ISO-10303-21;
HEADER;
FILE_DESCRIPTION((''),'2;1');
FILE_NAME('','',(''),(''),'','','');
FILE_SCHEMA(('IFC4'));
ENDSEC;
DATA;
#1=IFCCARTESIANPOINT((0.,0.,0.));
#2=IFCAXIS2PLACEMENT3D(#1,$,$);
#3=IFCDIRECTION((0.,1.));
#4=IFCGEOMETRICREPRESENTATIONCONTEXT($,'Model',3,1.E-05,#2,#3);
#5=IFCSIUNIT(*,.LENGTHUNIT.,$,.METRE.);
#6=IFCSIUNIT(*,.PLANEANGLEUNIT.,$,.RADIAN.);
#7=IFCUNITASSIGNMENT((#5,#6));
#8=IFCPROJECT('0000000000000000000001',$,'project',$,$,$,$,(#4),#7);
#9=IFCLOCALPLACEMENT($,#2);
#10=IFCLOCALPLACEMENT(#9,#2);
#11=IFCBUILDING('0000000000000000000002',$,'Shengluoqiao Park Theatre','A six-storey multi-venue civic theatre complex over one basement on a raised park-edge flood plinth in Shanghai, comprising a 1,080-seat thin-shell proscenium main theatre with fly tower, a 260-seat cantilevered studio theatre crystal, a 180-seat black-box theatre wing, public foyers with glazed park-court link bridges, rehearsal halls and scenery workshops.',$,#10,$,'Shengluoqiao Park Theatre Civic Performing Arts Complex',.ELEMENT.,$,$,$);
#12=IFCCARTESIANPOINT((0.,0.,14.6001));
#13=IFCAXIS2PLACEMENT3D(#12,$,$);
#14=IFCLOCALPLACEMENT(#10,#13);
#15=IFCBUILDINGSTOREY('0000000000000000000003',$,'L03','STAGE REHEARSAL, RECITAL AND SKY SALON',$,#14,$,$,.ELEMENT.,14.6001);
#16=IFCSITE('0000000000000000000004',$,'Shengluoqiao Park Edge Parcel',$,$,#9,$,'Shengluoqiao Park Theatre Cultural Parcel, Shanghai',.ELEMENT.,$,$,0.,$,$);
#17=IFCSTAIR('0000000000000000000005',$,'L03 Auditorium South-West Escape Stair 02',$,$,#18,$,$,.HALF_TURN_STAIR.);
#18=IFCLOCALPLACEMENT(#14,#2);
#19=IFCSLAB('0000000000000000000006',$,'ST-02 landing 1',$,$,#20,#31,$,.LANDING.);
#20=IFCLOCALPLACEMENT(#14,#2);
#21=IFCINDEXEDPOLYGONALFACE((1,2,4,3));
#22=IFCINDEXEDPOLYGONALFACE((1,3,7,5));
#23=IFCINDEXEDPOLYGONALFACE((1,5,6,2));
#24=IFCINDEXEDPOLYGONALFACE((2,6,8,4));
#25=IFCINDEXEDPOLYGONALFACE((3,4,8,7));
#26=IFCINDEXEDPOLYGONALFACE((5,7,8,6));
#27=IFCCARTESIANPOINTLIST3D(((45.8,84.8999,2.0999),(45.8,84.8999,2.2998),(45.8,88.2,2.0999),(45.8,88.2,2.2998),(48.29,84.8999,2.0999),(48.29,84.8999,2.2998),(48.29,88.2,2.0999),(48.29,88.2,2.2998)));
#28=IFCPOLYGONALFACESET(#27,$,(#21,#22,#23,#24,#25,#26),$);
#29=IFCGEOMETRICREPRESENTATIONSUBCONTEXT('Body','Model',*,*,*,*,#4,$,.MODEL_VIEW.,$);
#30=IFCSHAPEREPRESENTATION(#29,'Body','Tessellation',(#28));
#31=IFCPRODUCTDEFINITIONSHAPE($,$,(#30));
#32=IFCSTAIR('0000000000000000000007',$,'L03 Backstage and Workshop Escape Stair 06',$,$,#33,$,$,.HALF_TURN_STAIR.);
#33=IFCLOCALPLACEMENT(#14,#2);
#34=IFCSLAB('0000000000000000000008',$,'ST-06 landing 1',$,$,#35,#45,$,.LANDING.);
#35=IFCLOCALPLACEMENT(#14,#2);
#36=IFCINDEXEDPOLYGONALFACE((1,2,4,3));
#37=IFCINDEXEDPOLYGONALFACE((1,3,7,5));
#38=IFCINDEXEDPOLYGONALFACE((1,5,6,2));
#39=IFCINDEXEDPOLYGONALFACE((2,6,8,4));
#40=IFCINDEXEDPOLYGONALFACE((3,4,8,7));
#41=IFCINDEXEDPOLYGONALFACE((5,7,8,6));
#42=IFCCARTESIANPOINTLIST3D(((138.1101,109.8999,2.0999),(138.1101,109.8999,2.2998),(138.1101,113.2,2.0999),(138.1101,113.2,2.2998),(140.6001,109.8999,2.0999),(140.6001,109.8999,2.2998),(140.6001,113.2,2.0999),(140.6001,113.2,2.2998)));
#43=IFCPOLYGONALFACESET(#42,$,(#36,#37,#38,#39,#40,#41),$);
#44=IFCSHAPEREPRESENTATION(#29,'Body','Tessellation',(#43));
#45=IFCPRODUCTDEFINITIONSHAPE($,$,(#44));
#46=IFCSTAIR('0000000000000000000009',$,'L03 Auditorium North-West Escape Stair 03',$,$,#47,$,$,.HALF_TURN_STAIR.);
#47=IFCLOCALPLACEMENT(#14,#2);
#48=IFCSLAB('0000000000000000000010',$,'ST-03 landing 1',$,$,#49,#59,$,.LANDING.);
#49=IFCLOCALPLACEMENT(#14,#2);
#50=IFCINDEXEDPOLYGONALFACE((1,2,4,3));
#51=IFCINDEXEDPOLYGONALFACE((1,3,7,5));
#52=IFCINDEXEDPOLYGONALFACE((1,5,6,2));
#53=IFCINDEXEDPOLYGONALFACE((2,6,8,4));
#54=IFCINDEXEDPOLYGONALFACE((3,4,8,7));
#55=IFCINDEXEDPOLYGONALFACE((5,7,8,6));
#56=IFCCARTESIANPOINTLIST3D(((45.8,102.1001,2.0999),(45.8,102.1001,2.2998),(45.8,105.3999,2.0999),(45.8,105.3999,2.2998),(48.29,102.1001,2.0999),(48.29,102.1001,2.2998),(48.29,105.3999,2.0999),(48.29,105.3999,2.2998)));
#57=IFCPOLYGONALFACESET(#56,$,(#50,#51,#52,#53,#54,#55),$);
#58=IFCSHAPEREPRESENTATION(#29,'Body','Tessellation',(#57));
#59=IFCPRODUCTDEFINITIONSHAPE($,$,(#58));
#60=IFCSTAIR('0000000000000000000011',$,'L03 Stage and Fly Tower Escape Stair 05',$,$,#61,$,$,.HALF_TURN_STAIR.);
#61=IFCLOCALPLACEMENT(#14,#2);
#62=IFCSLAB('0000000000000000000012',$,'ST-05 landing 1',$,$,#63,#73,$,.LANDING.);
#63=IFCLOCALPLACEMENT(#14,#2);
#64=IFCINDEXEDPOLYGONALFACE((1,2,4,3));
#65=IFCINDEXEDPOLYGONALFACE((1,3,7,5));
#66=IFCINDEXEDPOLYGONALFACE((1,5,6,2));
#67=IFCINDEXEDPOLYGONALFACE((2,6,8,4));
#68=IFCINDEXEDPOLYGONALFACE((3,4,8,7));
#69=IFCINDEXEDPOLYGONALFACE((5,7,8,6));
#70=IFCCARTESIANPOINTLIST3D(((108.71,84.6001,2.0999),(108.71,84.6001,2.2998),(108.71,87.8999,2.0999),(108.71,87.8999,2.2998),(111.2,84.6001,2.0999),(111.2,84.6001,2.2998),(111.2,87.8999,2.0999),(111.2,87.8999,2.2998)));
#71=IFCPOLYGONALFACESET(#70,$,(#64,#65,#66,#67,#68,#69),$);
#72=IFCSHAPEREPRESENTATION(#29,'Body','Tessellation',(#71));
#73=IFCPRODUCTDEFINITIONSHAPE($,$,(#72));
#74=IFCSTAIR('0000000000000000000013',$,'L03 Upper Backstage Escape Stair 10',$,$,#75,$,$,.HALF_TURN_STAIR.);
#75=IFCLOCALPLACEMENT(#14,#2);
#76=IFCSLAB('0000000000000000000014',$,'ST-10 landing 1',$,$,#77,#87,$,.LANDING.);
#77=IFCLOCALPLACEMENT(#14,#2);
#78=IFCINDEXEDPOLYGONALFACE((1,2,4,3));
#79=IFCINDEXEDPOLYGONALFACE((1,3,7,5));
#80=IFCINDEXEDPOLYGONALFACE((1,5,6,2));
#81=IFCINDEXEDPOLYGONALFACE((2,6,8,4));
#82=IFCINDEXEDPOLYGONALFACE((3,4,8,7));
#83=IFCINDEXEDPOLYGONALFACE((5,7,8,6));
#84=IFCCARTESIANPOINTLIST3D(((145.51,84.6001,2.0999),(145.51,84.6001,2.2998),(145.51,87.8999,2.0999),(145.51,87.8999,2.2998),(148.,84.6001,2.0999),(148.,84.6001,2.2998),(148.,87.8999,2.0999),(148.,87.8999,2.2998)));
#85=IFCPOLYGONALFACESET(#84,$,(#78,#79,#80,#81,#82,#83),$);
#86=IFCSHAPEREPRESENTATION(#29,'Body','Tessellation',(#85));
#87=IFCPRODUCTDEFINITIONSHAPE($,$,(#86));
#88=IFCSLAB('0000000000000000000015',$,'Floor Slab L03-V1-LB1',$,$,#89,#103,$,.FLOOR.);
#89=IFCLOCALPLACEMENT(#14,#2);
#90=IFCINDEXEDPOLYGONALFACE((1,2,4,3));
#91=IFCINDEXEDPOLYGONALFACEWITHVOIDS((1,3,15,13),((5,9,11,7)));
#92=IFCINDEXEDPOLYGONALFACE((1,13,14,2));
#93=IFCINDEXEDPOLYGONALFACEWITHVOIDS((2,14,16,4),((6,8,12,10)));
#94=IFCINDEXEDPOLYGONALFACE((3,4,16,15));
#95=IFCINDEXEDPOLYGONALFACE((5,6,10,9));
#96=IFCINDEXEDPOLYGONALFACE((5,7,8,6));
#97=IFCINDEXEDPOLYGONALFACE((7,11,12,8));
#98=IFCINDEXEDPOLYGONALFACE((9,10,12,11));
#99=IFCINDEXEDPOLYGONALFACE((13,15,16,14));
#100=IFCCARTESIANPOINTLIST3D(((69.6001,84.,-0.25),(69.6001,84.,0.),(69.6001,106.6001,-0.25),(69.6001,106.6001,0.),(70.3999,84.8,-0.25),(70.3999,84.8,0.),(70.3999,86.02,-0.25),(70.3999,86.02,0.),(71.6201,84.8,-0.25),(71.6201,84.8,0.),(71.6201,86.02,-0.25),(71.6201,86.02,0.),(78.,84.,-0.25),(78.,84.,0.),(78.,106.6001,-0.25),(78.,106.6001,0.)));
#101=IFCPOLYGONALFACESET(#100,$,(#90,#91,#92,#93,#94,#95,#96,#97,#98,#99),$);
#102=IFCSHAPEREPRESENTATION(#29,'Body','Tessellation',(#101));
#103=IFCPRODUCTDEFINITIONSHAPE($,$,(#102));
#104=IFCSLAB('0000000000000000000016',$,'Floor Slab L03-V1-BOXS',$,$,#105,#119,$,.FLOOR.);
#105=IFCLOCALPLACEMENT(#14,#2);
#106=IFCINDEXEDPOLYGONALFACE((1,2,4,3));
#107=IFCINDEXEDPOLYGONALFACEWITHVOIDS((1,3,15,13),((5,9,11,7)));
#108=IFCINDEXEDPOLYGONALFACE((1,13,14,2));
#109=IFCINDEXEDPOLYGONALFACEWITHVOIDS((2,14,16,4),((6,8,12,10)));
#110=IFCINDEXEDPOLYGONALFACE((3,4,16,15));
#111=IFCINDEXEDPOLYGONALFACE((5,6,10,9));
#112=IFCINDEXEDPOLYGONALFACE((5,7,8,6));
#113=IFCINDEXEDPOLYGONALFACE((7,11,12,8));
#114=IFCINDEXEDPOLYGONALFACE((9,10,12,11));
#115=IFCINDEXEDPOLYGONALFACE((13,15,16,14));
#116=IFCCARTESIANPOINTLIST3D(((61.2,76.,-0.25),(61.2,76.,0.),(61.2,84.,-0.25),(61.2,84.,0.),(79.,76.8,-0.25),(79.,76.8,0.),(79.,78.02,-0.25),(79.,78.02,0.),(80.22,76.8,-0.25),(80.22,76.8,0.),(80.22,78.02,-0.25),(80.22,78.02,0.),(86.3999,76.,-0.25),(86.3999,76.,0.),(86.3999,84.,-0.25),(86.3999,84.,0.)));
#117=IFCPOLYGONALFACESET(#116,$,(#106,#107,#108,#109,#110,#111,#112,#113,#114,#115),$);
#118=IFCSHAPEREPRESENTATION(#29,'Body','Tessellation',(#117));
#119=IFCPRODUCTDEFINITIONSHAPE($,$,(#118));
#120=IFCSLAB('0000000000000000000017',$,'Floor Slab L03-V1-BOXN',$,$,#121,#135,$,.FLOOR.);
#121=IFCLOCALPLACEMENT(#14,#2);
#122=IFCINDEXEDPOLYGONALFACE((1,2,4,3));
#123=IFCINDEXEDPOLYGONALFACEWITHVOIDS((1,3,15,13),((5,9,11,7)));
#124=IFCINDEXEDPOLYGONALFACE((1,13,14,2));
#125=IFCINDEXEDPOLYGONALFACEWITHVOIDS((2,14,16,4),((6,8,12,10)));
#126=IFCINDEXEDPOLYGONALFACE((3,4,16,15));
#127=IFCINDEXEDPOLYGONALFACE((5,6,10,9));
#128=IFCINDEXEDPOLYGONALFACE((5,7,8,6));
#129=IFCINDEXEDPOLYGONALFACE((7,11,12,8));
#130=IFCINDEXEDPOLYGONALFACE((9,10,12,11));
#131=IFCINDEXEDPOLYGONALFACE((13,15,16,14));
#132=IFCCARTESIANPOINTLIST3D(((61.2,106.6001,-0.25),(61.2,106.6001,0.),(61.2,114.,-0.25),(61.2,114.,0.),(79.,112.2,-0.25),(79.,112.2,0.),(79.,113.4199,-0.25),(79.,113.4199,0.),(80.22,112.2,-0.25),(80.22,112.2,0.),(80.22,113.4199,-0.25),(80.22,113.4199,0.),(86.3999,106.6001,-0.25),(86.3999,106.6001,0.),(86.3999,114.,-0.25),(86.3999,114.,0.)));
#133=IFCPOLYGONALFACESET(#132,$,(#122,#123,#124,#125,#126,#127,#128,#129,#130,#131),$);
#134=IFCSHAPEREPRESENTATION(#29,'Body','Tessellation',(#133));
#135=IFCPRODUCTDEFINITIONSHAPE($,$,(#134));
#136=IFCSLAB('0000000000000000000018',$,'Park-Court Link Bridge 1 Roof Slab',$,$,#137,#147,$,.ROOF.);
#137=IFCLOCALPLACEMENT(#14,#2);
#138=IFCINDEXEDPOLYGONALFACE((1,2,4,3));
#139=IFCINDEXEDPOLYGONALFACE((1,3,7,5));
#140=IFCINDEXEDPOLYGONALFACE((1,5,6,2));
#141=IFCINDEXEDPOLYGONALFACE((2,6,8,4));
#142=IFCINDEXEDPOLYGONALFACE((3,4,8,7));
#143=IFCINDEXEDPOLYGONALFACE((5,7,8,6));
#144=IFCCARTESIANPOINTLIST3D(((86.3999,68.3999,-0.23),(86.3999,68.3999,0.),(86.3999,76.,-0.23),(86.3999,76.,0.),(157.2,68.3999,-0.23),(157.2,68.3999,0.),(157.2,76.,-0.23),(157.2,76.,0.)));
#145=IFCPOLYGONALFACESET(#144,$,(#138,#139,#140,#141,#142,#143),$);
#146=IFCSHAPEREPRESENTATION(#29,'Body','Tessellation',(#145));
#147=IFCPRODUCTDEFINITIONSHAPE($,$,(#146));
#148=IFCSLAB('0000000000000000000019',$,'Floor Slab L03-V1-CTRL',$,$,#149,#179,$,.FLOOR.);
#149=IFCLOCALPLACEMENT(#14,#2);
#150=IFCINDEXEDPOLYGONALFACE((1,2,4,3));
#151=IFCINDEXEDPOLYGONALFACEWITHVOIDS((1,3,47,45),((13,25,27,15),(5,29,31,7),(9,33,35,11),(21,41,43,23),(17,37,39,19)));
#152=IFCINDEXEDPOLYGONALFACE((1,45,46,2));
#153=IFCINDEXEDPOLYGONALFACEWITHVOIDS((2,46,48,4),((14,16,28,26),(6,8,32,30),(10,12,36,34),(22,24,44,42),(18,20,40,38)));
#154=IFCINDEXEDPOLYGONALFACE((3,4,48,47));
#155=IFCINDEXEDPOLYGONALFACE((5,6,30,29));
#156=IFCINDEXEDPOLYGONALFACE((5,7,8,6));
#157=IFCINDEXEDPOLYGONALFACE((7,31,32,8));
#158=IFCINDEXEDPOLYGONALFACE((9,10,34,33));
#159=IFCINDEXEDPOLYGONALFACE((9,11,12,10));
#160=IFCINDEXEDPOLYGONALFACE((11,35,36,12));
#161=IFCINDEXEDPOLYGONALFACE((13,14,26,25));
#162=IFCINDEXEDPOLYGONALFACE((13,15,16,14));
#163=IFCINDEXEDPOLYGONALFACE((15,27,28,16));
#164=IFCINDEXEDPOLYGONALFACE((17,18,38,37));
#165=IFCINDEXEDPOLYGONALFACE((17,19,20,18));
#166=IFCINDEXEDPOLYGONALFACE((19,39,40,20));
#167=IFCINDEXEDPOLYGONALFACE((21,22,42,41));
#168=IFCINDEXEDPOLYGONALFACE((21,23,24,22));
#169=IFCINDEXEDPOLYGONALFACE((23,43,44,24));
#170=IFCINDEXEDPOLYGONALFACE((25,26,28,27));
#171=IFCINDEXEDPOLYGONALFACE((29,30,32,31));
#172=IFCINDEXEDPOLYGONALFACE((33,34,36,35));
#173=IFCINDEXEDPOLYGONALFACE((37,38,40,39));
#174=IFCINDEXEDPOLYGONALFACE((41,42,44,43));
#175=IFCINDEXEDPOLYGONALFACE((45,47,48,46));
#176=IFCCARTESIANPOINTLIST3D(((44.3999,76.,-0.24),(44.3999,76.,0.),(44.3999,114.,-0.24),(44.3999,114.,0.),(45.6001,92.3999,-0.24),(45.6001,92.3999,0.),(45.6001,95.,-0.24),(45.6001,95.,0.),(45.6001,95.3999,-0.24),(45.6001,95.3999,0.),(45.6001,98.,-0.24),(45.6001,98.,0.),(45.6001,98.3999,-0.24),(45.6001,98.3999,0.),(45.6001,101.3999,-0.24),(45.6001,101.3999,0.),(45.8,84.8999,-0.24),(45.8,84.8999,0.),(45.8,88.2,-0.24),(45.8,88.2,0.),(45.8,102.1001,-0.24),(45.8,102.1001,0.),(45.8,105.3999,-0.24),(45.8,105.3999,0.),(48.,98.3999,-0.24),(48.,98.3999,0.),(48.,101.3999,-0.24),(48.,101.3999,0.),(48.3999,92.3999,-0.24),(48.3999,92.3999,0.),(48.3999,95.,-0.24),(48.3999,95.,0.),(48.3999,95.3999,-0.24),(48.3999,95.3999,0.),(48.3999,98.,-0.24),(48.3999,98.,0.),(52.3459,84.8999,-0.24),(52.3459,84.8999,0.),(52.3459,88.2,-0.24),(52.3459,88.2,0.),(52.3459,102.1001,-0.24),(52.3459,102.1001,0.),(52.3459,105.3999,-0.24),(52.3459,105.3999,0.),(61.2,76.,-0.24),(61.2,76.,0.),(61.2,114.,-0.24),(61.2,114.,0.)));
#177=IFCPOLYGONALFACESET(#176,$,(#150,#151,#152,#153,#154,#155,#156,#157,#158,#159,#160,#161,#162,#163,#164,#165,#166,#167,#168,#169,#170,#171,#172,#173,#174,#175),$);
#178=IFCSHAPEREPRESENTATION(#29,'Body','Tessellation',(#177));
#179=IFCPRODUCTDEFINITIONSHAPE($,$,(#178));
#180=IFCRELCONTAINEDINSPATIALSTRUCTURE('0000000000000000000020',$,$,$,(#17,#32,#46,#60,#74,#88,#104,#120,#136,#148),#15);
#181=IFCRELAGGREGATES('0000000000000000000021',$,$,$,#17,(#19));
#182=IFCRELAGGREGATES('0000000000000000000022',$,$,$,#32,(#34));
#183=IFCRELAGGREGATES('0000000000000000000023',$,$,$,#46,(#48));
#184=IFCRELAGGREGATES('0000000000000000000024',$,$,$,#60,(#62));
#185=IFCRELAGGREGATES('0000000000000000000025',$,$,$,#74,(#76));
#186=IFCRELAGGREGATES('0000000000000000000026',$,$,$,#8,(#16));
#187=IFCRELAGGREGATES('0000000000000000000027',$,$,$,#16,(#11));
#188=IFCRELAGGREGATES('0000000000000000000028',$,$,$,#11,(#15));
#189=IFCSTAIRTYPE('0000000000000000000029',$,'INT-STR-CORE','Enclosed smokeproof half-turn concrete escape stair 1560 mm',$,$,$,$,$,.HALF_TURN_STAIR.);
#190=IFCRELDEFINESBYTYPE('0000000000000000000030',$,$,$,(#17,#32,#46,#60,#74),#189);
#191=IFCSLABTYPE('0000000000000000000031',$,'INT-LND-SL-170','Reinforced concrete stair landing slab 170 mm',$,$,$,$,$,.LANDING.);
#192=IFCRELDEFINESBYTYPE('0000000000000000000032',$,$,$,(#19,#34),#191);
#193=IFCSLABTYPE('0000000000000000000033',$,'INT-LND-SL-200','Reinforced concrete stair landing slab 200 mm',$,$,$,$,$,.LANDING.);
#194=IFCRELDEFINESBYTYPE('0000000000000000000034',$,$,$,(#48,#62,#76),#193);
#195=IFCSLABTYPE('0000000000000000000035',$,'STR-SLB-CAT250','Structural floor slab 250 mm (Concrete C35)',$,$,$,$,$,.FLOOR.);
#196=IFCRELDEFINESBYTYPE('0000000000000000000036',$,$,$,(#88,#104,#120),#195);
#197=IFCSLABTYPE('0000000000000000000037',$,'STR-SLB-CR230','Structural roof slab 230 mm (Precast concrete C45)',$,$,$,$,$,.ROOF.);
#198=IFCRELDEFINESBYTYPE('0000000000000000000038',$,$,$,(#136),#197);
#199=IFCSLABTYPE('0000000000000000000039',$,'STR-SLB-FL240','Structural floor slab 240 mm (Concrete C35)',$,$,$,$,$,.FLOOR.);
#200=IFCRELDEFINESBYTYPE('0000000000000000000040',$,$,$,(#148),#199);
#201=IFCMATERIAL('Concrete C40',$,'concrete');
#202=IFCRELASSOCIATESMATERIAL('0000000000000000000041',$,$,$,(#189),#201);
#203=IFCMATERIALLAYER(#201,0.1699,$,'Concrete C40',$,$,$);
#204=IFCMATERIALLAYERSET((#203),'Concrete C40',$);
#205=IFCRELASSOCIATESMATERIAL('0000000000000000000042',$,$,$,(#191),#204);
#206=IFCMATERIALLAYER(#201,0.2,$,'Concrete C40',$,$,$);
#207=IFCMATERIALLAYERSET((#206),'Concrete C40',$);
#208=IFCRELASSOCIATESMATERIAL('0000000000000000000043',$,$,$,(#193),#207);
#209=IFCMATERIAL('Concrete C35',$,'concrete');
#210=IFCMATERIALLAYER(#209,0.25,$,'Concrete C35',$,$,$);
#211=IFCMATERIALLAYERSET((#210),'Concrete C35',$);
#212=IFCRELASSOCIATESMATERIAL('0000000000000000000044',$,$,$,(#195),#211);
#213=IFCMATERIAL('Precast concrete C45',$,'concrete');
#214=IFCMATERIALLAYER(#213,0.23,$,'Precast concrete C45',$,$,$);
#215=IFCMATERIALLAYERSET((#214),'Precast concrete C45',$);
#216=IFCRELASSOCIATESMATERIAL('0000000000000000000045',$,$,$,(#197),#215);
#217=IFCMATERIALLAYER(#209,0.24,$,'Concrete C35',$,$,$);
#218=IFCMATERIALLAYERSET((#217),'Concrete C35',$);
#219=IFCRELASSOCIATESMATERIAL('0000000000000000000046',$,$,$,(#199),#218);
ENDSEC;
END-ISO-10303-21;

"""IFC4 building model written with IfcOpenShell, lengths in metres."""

from ifc_helpers import new_model, si_unit, direction, frame, origin, place, context, subcontext, project, spatial, polyline, outline, extrude, material, layer, layer_set, type_object, element, aggregate, save


model = new_model("IFC4")

# Units and contexts
model_context = context("Model", 3, precision=1e-05, world=origin(), true_north=direction((0.0, 1.0)))
body_context = subcontext(model_context, "Body", "Model", "MODEL_VIEW")
ifc_project = project(units=[si_unit("LENGTHUNIT", "METRE"), si_unit("PLANEANGLEUNIT", "RADIAN")], contexts=[model_context])

# Site, building, storey
site_placement = place(None, origin())
site = spatial("IfcSite", under=ifc_project, at=site_placement, Name="Shengluoqiao Park Edge Parcel", LongName="Shengluoqiao Park Theatre Cultural Parcel, Shanghai", CompositionType="ELEMENT", RefElevation=0.0)
building_placement = place(site_placement, origin())
building = spatial("IfcBuilding", under=site, at=building_placement, Name="Shengluoqiao Park Theatre", Description="A six-storey multi-venue civic theatre complex over one basement on a raised park-edge flood plinth in Shanghai, comprising a 1,080-seat thin-shell proscenium main theatre with fly tower, a 260-seat cantilevered studio theatre crystal, a 180-seat black-box theatre wing, public foyers with glazed park-court link bridges, rehearsal halls and scenery workshops.", LongName="Shengluoqiao Park Theatre Civic Performing Arts Complex", CompositionType="ELEMENT")
storey_placement = place(building_placement, frame((0.0, 0.0, 14.6001)))
storey = spatial("IfcBuildingStorey", under=building, at=storey_placement, Name="L03", Description="STAGE REHEARSAL, RECITAL AND SKY SALON", CompositionType="ELEMENT", Elevation=14.6001)

# Stairs, slabs
ifc_material_1 = material(Name="Concrete C40", Category="concrete")
stair_type = type_object("IfcStairType", Name="INT-STR-CORE", Description="Enclosed smokeproof half-turn concrete escape stair 1560 mm", PredefinedType="HALF_TURN_STAIR", material=ifc_material_1)
stair_1_placement = place(storey_placement, origin())
stair_1 = element("IfcStair", 1, at=stair_1_placement, inside=storey, type_object=stair_type, Name="L03 Auditorium South-West Escape Stair 02", PredefinedType="HALF_TURN_STAIR")
ifc_layer_1 = layer(ifc_material_1, 0.1699, Name="Concrete C40")
ifc_layer_set_1 = layer_set([ifc_layer_1], Name="Concrete C40")
slab_type_1 = type_object("IfcSlabType", Name="INT-LND-SL-170", Description="Reinforced concrete stair landing slab 170 mm", PredefinedType="LANDING", material=ifc_layer_set_1)
slab_1_placement = place(storey_placement, frame((0.0, 0.0, 2.0999)))
slab_1 = element("IfcSlab", 2, at=slab_1_placement, type_object=slab_type_1, Name="ST-02 landing 1", PredefinedType="LANDING", context=body_context, shape_type="SweptSolid", body=[
    extrude(outline(polyline([(48.29, 88.2), (45.8, 88.2), (45.8, 84.8999), (48.29, 84.8999), (48.29, 88.2)])), origin(), (0.0, 0.0, 1.0), 0.2),
])
aggregate(stair_1, [slab_1])
stair_2_placement = place(storey_placement, origin())
stair_2 = element("IfcStair", 3, at=stair_2_placement, inside=storey, type_object=stair_type, Name="L03 Backstage and Workshop Escape Stair 06", PredefinedType="HALF_TURN_STAIR")
slab_2_placement = place(storey_placement, frame((0.0, 0.0, 2.0999)))
slab_2 = element("IfcSlab", 4, at=slab_2_placement, type_object=slab_type_1, Name="ST-06 landing 1", PredefinedType="LANDING", context=body_context, shape_type="SweptSolid", body=[
    extrude(outline(polyline([(138.1101, 109.8999), (140.6001, 109.8999), (140.6001, 113.2), (138.1101, 113.2), (138.1101, 109.8999)])), origin(), (0.0, 0.0, 1.0), 0.2),
])
aggregate(stair_2, [slab_2])
stair_3_placement = place(storey_placement, origin())
stair_3 = element("IfcStair", 5, at=stair_3_placement, inside=storey, type_object=stair_type, Name="L03 Auditorium North-West Escape Stair 03", PredefinedType="HALF_TURN_STAIR")
ifc_layer_2 = layer(ifc_material_1, 0.2, Name="Concrete C40")
ifc_layer_set_2 = layer_set([ifc_layer_2], Name="Concrete C40")
slab_type_2 = type_object("IfcSlabType", Name="INT-LND-SL-200", Description="Reinforced concrete stair landing slab 200 mm", PredefinedType="LANDING", material=ifc_layer_set_2)
slab_3_placement = place(storey_placement, frame((0.0, 0.0, 2.0999)))
slab_3 = element("IfcSlab", 6, at=slab_3_placement, type_object=slab_type_2, Name="ST-03 landing 1", PredefinedType="LANDING", context=body_context, shape_type="SweptSolid", body=[
    extrude(outline(polyline([(48.29, 105.3999), (45.8, 105.3999), (45.8, 102.1001), (48.29, 102.1001), (48.29, 105.3999)])), origin(), (0.0, 0.0, 1.0), 0.2),
])
aggregate(stair_3, [slab_3])
stair_4_placement = place(storey_placement, origin())
stair_4 = element("IfcStair", 7, at=stair_4_placement, inside=storey, type_object=stair_type, Name="L03 Stage and Fly Tower Escape Stair 05", PredefinedType="HALF_TURN_STAIR")
slab_4_placement = place(storey_placement, frame((0.0, 0.0, 2.0999)))
slab_4 = element("IfcSlab", 8, at=slab_4_placement, type_object=slab_type_2, Name="ST-05 landing 1", PredefinedType="LANDING", context=body_context, shape_type="SweptSolid", body=[
    extrude(outline(polyline([(108.71, 84.6001), (111.2, 84.6001), (111.2, 87.8999), (108.71, 87.8999), (108.71, 84.6001)])), origin(), (0.0, 0.0, 1.0), 0.2),
])
aggregate(stair_4, [slab_4])
stair_5_placement = place(storey_placement, origin())
stair_5 = element("IfcStair", 9, at=stair_5_placement, inside=storey, type_object=stair_type, Name="L03 Upper Backstage Escape Stair 10", PredefinedType="HALF_TURN_STAIR")
slab_5_placement = place(storey_placement, frame((0.0, 0.0, 2.0999)))
slab_5 = element("IfcSlab", 10, at=slab_5_placement, type_object=slab_type_2, Name="ST-10 landing 1", PredefinedType="LANDING", context=body_context, shape_type="SweptSolid", body=[
    extrude(outline(polyline([(145.51, 84.6001), (148.0, 84.6001), (148.0, 87.8999), (145.51, 87.8999), (145.51, 84.6001)])), origin(), (0.0, 0.0, 1.0), 0.2),
])
aggregate(stair_5, [slab_5])

# Slabs
ifc_material_2 = material(Name="Concrete C35", Category="concrete")
ifc_layer_3 = layer(ifc_material_2, 0.25, Name="Concrete C35")
ifc_layer_set_3 = layer_set([ifc_layer_3], Name="Concrete C35")
slab_type_3 = type_object("IfcSlabType", Name="STR-SLB-CAT250", Description="Structural floor slab 250 mm (Concrete C35)", PredefinedType="FLOOR", material=ifc_layer_set_3)
slab_6_placement = place(storey_placement, frame((0.0, 0.0, -0.25)))
element("IfcSlab", 11, at=slab_6_placement, inside=storey, type_object=slab_type_3, Name="Floor Slab L03-V1-LB1", PredefinedType="FLOOR", context=body_context, shape_type="SweptSolid", body=[
    extrude(outline(polyline([(69.6001, 84.0), (69.6001, 106.6001), (78.0, 106.6001), (78.0, 84.0), (69.6001, 84.0)]), holes=[polyline([(71.6201, 84.8), (71.6201, 86.02), (70.3999, 86.02), (70.3999, 84.8), (71.6201, 84.8)])]), origin(), (0.0, 0.0, 1.0), 0.25),
])
slab_7_placement = place(storey_placement, frame((0.0, 0.0, -0.25)))
element("IfcSlab", 12, at=slab_7_placement, inside=storey, type_object=slab_type_3, Name="Floor Slab L03-V1-BOXS", PredefinedType="FLOOR", context=body_context, shape_type="SweptSolid", body=[
    extrude(outline(polyline([(61.2, 76.0), (61.2, 84.0), (86.3999, 84.0), (86.3999, 76.0), (61.2, 76.0)]), holes=[polyline([(80.22, 76.8), (80.22, 78.02), (79.0, 78.02), (79.0, 76.8), (80.22, 76.8)])]), origin(), (0.0, 0.0, 1.0), 0.25),
])
slab_8_placement = place(storey_placement, frame((0.0, 0.0, -0.25)))
element("IfcSlab", 13, at=slab_8_placement, inside=storey, type_object=slab_type_3, Name="Floor Slab L03-V1-BOXN", PredefinedType="FLOOR", context=body_context, shape_type="SweptSolid", body=[
    extrude(outline(polyline([(61.2, 106.6001), (61.2, 114.0), (86.3999, 114.0), (86.3999, 106.6001), (61.2, 106.6001)]), holes=[polyline([(80.22, 112.2), (80.22, 113.4199), (79.0, 113.4199), (79.0, 112.2), (80.22, 112.2)])]), origin(), (0.0, 0.0, 1.0), 0.25),
])
ifc_material_3 = material(Name="Precast concrete C45", Category="concrete")
ifc_layer_4 = layer(ifc_material_3, 0.23, Name="Precast concrete C45")
ifc_layer_set_4 = layer_set([ifc_layer_4], Name="Precast concrete C45")
slab_type_4 = type_object("IfcSlabType", Name="STR-SLB-CR230", Description="Structural roof slab 230 mm (Precast concrete C45)", PredefinedType="ROOF", material=ifc_layer_set_4)
slab_9_placement = place(storey_placement, frame((0.0, 0.0, -0.23)))
element("IfcSlab", 14, at=slab_9_placement, inside=storey, type_object=slab_type_4, Name="Park-Court Link Bridge 1 Roof Slab", PredefinedType="ROOF", context=body_context, shape_type="SweptSolid", body=[
    extrude(outline(polyline([(86.3999, 68.3999), (157.2, 68.3999), (157.2, 76.0), (86.3999, 76.0), (86.3999, 68.3999)])), origin(), (0.0, 0.0, 1.0), 0.23),
])
ifc_layer_5 = layer(ifc_material_2, 0.24, Name="Concrete C35")
ifc_layer_set_5 = layer_set([ifc_layer_5], Name="Concrete C35")
slab_type_5 = type_object("IfcSlabType", Name="STR-SLB-FL240", Description="Structural floor slab 240 mm (Concrete C35)", PredefinedType="FLOOR", material=ifc_layer_set_5)
slab_10_placement = place(storey_placement, frame((0.0, 0.0, -0.24)))
element("IfcSlab", 15, at=slab_10_placement, inside=storey, type_object=slab_type_5, Name="Floor Slab L03-V1-CTRL", PredefinedType="FLOOR", context=body_context, shape_type="SweptSolid", body=[
    extrude(outline(polyline([(44.3999, 76.0), (44.3999, 114.0), (61.2, 114.0), (61.2, 76.0), (44.3999, 76.0)]), holes=[polyline([(52.3459, 88.2), (45.8, 88.2), (45.8, 84.8999), (52.3459, 84.8999), (52.3459, 88.2)]), polyline([(48.3999, 92.3999), (48.3999, 95.0), (45.6001, 95.0), (45.6001, 92.3999), (48.3999, 92.3999)]), polyline([(48.3999, 95.3999), (48.3999, 98.0), (45.6001, 98.0), (45.6001, 95.3999), (48.3999, 95.3999)]), polyline([(48.0, 98.3999), (48.0, 101.3999), (45.6001, 101.3999), (45.6001, 98.3999), (48.0, 98.3999)]), polyline([(52.3459, 105.3999), (45.8, 105.3999), (45.8, 102.1001), (52.3459, 102.1001), (52.3459, 105.3999)])]), origin(), (0.0, 0.0, 1.0), 0.24),
])

save(model, "model.ifc")
